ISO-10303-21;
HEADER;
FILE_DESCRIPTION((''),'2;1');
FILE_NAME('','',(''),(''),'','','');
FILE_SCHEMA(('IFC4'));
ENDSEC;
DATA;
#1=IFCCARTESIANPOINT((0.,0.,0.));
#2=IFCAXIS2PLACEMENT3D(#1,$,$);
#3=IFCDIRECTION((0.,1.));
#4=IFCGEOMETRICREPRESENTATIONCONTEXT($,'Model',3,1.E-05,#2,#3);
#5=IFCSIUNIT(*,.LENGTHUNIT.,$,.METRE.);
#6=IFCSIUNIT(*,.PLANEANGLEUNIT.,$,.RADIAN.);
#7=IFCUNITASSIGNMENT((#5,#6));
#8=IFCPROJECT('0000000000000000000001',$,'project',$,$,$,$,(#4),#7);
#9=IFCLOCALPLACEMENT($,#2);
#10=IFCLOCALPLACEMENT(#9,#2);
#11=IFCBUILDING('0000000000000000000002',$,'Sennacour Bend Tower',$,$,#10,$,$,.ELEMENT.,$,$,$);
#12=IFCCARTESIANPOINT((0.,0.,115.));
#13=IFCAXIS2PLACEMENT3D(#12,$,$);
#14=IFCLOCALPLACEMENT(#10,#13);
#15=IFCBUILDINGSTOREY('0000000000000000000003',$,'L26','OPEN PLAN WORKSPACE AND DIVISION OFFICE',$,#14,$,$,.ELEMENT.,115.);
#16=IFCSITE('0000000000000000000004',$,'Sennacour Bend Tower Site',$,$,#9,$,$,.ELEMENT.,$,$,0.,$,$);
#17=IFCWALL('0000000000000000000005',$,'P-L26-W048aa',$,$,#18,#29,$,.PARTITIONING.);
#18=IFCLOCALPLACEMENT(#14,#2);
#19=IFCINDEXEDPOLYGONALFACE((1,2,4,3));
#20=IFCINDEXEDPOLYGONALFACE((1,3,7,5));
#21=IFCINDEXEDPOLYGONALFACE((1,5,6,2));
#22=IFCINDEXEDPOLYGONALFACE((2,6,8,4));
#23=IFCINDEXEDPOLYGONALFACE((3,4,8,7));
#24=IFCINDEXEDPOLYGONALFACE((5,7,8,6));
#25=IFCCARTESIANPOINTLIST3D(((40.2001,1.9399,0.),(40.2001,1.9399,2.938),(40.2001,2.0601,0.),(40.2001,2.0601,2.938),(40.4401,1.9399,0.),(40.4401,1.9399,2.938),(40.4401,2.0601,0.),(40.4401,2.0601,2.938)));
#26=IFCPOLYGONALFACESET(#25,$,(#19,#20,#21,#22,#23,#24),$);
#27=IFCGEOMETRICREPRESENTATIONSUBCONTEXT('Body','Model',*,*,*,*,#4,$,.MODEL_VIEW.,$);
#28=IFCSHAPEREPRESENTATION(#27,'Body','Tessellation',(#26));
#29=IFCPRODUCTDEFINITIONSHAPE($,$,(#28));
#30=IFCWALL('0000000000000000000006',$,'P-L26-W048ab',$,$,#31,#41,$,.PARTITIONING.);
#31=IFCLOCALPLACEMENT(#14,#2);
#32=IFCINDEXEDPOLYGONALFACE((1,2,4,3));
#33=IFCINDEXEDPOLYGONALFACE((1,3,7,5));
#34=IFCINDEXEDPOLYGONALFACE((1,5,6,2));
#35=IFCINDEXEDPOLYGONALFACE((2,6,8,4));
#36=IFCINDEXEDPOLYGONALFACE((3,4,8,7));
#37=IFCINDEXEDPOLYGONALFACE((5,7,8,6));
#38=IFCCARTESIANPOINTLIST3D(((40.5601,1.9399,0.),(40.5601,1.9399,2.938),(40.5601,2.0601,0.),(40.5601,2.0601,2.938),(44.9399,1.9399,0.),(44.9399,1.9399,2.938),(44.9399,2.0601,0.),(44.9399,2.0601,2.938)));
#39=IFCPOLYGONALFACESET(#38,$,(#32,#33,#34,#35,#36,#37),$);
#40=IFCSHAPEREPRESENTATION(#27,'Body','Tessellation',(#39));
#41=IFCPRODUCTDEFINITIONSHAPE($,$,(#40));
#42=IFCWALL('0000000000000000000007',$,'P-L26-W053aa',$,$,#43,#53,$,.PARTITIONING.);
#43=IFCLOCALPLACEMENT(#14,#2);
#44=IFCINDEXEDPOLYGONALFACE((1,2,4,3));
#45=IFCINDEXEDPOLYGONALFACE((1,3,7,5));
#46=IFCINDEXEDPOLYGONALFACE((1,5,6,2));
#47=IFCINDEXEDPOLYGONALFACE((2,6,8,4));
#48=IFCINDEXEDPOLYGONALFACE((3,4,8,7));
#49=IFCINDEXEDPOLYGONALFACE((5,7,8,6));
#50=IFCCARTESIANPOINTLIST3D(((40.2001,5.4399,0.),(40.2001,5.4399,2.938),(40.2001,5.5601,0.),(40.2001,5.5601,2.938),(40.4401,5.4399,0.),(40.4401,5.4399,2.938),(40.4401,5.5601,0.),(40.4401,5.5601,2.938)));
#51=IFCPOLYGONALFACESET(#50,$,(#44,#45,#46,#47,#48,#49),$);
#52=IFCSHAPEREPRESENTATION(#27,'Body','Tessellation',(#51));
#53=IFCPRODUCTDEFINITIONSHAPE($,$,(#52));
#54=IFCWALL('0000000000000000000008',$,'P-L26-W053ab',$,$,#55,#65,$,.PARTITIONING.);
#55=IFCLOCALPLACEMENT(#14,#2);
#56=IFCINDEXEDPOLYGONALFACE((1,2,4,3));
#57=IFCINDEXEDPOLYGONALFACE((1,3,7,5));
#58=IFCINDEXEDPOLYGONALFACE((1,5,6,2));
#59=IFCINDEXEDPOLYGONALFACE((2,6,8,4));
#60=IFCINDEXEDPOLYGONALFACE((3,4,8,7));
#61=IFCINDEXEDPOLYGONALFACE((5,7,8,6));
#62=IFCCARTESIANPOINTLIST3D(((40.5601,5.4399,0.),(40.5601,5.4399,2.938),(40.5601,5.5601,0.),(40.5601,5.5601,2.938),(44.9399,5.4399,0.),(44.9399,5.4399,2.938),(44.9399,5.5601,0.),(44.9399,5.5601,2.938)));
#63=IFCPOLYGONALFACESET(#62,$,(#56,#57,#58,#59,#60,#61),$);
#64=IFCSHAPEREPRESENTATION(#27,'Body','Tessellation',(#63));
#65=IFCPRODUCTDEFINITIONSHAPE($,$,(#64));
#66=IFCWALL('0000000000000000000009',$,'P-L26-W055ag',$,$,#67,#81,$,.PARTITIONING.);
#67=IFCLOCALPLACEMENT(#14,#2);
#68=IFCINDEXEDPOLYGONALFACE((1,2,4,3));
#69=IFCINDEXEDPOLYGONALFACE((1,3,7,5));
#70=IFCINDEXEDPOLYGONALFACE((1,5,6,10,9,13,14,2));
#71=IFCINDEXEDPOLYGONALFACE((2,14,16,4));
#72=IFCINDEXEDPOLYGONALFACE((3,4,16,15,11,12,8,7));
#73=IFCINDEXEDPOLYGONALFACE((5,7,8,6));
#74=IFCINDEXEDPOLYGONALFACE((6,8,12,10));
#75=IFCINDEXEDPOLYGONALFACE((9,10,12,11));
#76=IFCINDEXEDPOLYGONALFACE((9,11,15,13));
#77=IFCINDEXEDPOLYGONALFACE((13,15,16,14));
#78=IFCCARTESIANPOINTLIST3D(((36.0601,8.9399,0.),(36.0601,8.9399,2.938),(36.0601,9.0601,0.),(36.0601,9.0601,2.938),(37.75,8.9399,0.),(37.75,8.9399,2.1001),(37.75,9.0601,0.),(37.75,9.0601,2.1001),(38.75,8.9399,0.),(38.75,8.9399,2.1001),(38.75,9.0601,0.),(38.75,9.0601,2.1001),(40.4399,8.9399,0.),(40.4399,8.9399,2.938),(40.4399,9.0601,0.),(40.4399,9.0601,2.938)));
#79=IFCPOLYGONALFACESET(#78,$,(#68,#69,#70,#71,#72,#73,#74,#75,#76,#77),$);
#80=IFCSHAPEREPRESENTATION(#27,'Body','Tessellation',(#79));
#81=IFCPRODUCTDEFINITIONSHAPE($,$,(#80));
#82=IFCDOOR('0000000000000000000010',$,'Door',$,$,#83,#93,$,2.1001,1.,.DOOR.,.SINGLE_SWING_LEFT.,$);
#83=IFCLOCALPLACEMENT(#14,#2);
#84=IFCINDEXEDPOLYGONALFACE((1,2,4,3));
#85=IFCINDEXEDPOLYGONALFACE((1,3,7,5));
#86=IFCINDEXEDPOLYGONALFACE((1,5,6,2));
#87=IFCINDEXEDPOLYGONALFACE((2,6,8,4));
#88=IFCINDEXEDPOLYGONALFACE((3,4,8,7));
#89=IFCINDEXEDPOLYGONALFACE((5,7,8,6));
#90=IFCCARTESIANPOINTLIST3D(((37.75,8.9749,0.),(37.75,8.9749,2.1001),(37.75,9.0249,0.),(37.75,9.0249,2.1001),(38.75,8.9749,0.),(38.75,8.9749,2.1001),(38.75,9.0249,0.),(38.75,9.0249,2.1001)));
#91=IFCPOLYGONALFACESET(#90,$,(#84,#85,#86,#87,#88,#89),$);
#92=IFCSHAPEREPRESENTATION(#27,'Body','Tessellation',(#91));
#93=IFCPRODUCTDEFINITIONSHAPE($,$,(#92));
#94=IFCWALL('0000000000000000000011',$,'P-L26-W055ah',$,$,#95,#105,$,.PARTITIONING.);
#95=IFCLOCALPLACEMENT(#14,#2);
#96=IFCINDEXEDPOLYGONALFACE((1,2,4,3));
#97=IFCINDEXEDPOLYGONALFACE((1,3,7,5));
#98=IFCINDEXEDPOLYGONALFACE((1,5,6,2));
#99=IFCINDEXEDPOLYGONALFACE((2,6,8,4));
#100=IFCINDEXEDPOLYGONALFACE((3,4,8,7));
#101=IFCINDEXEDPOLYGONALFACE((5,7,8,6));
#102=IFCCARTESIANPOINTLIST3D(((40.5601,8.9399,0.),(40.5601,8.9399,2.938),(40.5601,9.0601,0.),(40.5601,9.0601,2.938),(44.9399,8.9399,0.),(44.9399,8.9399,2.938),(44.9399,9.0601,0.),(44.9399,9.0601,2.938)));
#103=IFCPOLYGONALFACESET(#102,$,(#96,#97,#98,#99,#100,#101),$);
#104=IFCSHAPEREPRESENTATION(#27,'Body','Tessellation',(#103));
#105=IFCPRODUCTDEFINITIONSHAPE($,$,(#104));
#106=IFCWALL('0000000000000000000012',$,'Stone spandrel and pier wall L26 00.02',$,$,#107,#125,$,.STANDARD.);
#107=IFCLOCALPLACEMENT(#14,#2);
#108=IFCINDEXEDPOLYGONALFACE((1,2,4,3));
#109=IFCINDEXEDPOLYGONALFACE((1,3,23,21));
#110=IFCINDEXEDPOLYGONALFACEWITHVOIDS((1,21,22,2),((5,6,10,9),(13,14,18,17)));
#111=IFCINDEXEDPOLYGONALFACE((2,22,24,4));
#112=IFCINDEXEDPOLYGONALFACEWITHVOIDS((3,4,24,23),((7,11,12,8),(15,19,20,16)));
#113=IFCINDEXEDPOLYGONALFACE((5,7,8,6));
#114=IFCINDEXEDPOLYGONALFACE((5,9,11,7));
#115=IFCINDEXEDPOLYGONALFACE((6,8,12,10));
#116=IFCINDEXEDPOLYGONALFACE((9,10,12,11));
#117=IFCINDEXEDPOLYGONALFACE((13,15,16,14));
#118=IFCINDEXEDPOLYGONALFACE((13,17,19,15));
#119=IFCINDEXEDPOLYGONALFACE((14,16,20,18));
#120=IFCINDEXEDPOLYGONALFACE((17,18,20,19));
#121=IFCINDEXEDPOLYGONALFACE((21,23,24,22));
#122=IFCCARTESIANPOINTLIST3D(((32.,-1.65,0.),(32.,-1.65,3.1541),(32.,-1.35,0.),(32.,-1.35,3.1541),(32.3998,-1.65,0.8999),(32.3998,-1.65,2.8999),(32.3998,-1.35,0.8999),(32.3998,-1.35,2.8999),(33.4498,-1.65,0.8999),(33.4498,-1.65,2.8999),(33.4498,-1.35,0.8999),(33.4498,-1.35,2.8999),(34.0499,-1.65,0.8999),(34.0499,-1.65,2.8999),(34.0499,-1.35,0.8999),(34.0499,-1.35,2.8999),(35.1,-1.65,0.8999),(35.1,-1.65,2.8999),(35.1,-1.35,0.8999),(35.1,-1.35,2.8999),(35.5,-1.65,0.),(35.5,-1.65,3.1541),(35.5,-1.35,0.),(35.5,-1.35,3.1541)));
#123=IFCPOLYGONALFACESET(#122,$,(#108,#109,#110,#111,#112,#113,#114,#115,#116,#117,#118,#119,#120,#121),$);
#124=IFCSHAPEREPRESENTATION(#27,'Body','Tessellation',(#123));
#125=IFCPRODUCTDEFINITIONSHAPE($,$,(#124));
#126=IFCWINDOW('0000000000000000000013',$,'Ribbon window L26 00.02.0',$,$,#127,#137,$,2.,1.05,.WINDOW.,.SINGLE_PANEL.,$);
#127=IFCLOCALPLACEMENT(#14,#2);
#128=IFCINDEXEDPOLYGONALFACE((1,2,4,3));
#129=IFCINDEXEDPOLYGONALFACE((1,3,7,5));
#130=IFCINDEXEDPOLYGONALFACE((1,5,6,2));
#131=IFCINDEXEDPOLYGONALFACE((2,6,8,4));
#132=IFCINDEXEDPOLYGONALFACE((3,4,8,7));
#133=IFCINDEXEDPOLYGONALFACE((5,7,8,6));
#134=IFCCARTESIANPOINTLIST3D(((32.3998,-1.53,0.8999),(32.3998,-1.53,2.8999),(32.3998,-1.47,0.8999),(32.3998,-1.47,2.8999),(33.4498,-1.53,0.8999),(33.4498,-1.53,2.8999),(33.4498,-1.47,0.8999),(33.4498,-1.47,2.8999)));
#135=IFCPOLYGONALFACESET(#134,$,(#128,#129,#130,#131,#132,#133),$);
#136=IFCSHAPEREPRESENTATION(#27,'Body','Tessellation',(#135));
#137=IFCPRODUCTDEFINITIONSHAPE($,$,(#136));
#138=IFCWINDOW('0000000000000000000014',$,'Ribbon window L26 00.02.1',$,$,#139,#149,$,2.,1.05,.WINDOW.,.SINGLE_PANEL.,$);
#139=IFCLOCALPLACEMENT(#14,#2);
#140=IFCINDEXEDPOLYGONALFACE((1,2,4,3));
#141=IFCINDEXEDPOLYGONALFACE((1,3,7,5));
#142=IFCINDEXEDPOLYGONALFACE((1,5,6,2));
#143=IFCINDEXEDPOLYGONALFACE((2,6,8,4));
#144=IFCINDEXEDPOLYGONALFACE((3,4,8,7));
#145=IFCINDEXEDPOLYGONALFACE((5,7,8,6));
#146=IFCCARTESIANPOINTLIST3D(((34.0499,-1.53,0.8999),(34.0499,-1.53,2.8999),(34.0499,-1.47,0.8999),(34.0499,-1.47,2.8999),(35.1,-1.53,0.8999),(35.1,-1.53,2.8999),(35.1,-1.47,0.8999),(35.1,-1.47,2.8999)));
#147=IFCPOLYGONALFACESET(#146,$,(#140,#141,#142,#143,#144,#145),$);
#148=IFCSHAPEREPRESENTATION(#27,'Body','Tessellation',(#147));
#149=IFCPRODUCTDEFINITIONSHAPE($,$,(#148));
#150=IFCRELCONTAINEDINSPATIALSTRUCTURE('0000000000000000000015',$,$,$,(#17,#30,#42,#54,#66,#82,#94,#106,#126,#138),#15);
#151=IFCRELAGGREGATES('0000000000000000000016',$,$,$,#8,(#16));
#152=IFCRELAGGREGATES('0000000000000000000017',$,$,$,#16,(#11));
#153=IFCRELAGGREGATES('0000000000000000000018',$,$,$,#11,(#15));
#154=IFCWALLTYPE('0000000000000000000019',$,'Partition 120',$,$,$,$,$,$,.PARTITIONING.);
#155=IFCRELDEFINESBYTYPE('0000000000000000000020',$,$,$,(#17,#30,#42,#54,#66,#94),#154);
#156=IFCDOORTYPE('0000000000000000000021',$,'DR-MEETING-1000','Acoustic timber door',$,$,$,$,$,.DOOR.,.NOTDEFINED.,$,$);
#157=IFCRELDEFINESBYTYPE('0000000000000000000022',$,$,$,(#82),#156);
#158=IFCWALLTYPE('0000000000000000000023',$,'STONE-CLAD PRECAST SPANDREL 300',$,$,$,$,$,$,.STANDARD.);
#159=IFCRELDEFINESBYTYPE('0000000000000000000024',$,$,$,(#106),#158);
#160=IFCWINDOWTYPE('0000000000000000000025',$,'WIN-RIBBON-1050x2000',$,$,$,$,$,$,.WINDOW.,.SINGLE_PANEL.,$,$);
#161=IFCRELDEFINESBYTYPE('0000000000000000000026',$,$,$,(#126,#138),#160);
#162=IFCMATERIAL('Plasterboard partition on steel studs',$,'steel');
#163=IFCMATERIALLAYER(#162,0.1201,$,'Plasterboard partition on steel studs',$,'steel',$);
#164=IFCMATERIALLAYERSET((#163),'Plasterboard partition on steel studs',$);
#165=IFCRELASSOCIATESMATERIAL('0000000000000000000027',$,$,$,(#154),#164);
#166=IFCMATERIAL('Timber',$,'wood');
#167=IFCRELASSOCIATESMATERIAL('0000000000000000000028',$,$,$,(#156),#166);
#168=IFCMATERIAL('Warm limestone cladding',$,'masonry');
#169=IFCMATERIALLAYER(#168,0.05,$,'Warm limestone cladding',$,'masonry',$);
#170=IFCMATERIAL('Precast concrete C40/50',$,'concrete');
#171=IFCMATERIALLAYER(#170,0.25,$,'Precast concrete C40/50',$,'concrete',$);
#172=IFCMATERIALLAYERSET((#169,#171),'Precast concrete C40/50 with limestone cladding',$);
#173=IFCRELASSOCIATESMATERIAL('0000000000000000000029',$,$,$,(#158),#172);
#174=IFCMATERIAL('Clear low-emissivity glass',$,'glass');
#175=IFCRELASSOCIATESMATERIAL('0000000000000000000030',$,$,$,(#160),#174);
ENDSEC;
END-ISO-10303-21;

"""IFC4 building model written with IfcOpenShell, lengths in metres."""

from ifc_helpers import new_model, si_unit, direction, frame, frame_2d, origin, place, context, subcontext, project, spatial, rectangle, extrude, material, layer, layer_set, type_object, element, fill, save


model = new_model("IFC4")

# Units and contexts
model_context = context("Model", 3, precision=1e-05, world=origin(), true_north=direction((0.0, 1.0)))
body_context = subcontext(model_context, "Body", "Model", "MODEL_VIEW")
ifc_project = project(units=[si_unit("LENGTHUNIT", "METRE"), si_unit("PLANEANGLEUNIT", "RADIAN")], contexts=[model_context])

# Site, building, storey
site_placement = place(None, origin())
site = spatial("IfcSite", under=ifc_project, at=site_placement, Name="Sennacour Bend Tower Site", CompositionType="ELEMENT", RefElevation=0.0)
building_placement = place(site_placement, origin())
building = spatial("IfcBuilding", under=site, at=building_placement, Name="Sennacour Bend Tower", CompositionType="ELEMENT")
storey_placement = place(building_placement, frame((0.0, 0.0, 115.0)))
storey = spatial("IfcBuildingStorey", under=building, at=storey_placement, Name="L26", Description="OPEN PLAN WORKSPACE AND DIVISION OFFICE", CompositionType="ELEMENT", Elevation=115.0)

# Walls
ifc_material_1 = material(Name="Plasterboard partition on steel studs", Category="steel")
ifc_layer_1 = layer(ifc_material_1, 0.1201, Name="Plasterboard partition on steel studs", Category="steel")
ifc_layer_set_1 = layer_set([ifc_layer_1], Name="Plasterboard partition on steel studs")
wall_type_1 = type_object("IfcWallType", Name="Partition 120", PredefinedType="PARTITIONING", material=ifc_layer_set_1)
wall_1_placement = place(storey_placement, frame((40.2, 2.0, 0.0), z_axis=(0.0, 0.0, 1.0), x_axis=(1.0, 0.0, 0.0)))
element("IfcWall", 1, at=wall_1_placement, inside=storey, type_object=wall_type_1, Name="P-L26-W048aa", PredefinedType="PARTITIONING", context=body_context, shape_type="SweptSolid", body=[
    extrude(rectangle(XDim=0.24, YDim=0.1201, at=frame_2d((0.1201, 0.0))), origin(), (0.0, 0.0, 1.0), 2.938),
])
wall_2_placement = place(storey_placement, frame((40.5601, 2.0, 0.0), z_axis=(0.0, 0.0, 1.0), x_axis=(1.0, 0.0, 0.0)))
element("IfcWall", 2, at=wall_2_placement, inside=storey, type_object=wall_type_1, Name="P-L26-W048ab", PredefinedType="PARTITIONING", context=body_context, shape_type="SweptSolid", body=[
    extrude(rectangle(XDim=4.3799, YDim=0.1201, at=frame_2d((2.1899, 0.0))), origin(), (0.0, 0.0, 1.0), 2.938),
])
wall_3_placement = place(storey_placement, frame((40.2, 5.5, 0.0), z_axis=(0.0, 0.0, 1.0), x_axis=(1.0, 0.0, 0.0)))
element("IfcWall", 3, at=wall_3_placement, inside=storey, type_object=wall_type_1, Name="P-L26-W053aa", PredefinedType="PARTITIONING", context=body_context, shape_type="SweptSolid", body=[
    extrude(rectangle(XDim=0.24, YDim=0.1201, at=frame_2d((0.1201, 0.0))), origin(), (0.0, 0.0, 1.0), 2.938),
])
wall_4_placement = place(storey_placement, frame((40.5601, 5.5, 0.0), z_axis=(0.0, 0.0, 1.0), x_axis=(1.0, 0.0, 0.0)))
element("IfcWall", 4, at=wall_4_placement, inside=storey, type_object=wall_type_1, Name="P-L26-W053ab", PredefinedType="PARTITIONING", context=body_context, shape_type="SweptSolid", body=[
    extrude(rectangle(XDim=4.3799, YDim=0.1201, at=frame_2d((2.1899, 0.0))), origin(), (0.0, 0.0, 1.0), 2.938),
])

# Wall, opening, door
wall_5_placement = place(storey_placement, frame((36.0601, 9.0, 0.0), z_axis=(0.0, 0.0, 1.0), x_axis=(1.0, 0.0, 0.0)))
wall_5 = element("IfcWall", 5, at=wall_5_placement, inside=storey, type_object=wall_type_1, Name="P-L26-W055ag", PredefinedType="PARTITIONING", context=body_context, shape_type="SweptSolid", body=[
    extrude(rectangle(XDim=4.3799, YDim=0.1201, at=frame_2d((2.1899, 0.0))), origin(), (0.0, 0.0, 1.0), 2.938),
])
opening_1_placement = place(wall_5_placement, frame((1.6899, 0.0, 0.0)))
opening_1 = element("IfcOpeningElement", 6, at=opening_1_placement, cuts=wall_5, PredefinedType="OPENING", context=body_context, shape_type="SweptSolid", body=[
    extrude(rectangle(XDim=1.0, YDim=2.1001, at=frame_2d((0.5, 1.05))), frame((0.0, 0.0701, 0.0), z_axis=(0.0, -1.0, 0.0), x_axis=(1.0, 0.0, 0.0)), (0.0, 0.0, 1.0), 0.1401),
])
ifc_material_2 = material(Name="Timber", Category="wood")
door_type = type_object("IfcDoorType", Name="DR-MEETING-1000", Description="Acoustic timber door", OperationType="NOTDEFINED", PredefinedType="DOOR", material=ifc_material_2)
door_placement = place(opening_1_placement, origin())
door = element("IfcDoor", 7, at=door_placement, inside=storey, type_object=door_type, Name="Door", OperationType="SINGLE_SWING_LEFT", OverallHeight=2.1001, OverallWidth=1.0, PredefinedType="DOOR", context=body_context, shape_type="SweptSolid", body=[
    extrude(rectangle(XDim=1.0, YDim=2.1001, at=frame_2d((0.5, 1.05))), frame((0.0, 0.0249, 0.0), z_axis=(0.0, -1.0, 0.0), x_axis=(1.0, 0.0, 0.0)), (0.0, 0.0, 1.0), 0.05),
])
fill(opening_1, door)

# Wall
wall_6_placement = place(storey_placement, frame((40.5601, 9.0, 0.0), z_axis=(0.0, 0.0, 1.0), x_axis=(1.0, 0.0, 0.0)))
element("IfcWall", 8, at=wall_6_placement, inside=storey, type_object=wall_type_1, Name="P-L26-W055ah", PredefinedType="PARTITIONING", context=body_context, shape_type="SweptSolid", body=[
    extrude(rectangle(XDim=4.3799, YDim=0.1201, at=frame_2d((2.1899, 0.0))), origin(), (0.0, 0.0, 1.0), 2.938),
])

# Wall, openings, windows
ifc_material_3 = material(Name="Warm limestone cladding", Category="masonry")
ifc_layer_2 = layer(ifc_material_3, 0.05, Name="Warm limestone cladding", Category="masonry")
ifc_material_4 = material(Name="Precast concrete C40/50", Category="concrete")
ifc_layer_3 = layer(ifc_material_4, 0.25, Name="Precast concrete C40/50", Category="concrete")
ifc_layer_set_2 = layer_set([ifc_layer_2, ifc_layer_3], Name="Precast concrete C40/50 with limestone cladding")
wall_type_2 = type_object("IfcWallType", Name="STONE-CLAD PRECAST SPANDREL 300", PredefinedType="STANDARD", material=ifc_layer_set_2)
wall_7_placement = place(storey_placement, frame((32.0, -1.5, 0.0), z_axis=(0.0, 0.0, 1.0), x_axis=(1.0, 0.0, 0.0)))
wall_7 = element("IfcWall", 9, at=wall_7_placement, inside=storey, type_object=wall_type_2, Name="Stone spandrel and pier wall L26 00.02", PredefinedType="STANDARD", context=body_context, shape_type="SweptSolid", body=[
    extrude(rectangle(XDim=3.5, YDim=0.3, at=frame_2d((1.75, 0.0))), origin(), (0.0, 0.0, 1.0), 3.1541),
])
opening_2_placement = place(wall_7_placement, frame((0.3999, 0.0, 0.8999)))
opening_2 = element("IfcOpeningElement", 10, at=opening_2_placement, cuts=wall_7, PredefinedType="OPENING", context=body_context, shape_type="SweptSolid", body=[
    extrude(rectangle(XDim=1.05, YDim=2.0, at=frame_2d((0.5249, 1.0))), frame((0.0, 0.1602, 0.0), z_axis=(0.0, -1.0, 0.0), x_axis=(1.0, 0.0, 0.0)), (0.0, 0.0, 1.0), 0.3201),
])
opening_3_placement = place(wall_7_placement, frame((2.05, 0.0, 0.8999)))
opening_3 = element("IfcOpeningElement", 11, at=opening_3_placement, cuts=wall_7, PredefinedType="OPENING", context=body_context, shape_type="SweptSolid", body=[
    extrude(rectangle(XDim=1.05, YDim=2.0, at=frame_2d((0.5249, 1.0))), frame((0.0, 0.1602, 0.0), z_axis=(0.0, -1.0, 0.0), x_axis=(1.0, 0.0, 0.0)), (0.0, 0.0, 1.0), 0.3201),
])
ifc_material_5 = material(Name="Clear low-emissivity glass", Category="glass")
window_type = type_object("IfcWindowType", Name="WIN-RIBBON-1050x2000", PartitioningType="SINGLE_PANEL", PredefinedType="WINDOW", material=ifc_material_5)
window_1_placement = place(opening_2_placement, origin())
window_1 = element("IfcWindow", 12, at=window_1_placement, inside=storey, type_object=window_type, Name="Ribbon window L26 00.02.0", OverallHeight=2.0, OverallWidth=1.05, PartitioningType="SINGLE_PANEL", PredefinedType="WINDOW", context=body_context, shape_type="SweptSolid", body=[
    extrude(rectangle(XDim=1.05, YDim=2.0, at=frame_2d((0.5249, 1.0))), frame((0.0, 0.03, 0.0), z_axis=(0.0, -1.0, 0.0), x_axis=(1.0, 0.0, 0.0)), (0.0, 0.0, 1.0), 0.0601),
])
fill(opening_2, window_1)
window_2_placement = place(opening_3_placement, origin())
window_2 = element("IfcWindow", 13, at=window_2_placement, inside=storey, type_object=window_type, Name="Ribbon window L26 00.02.1", OverallHeight=2.0, OverallWidth=1.05, PartitioningType="SINGLE_PANEL", PredefinedType="WINDOW", context=body_context, shape_type="SweptSolid", body=[
    extrude(rectangle(XDim=1.05, YDim=2.0, at=frame_2d((0.5249, 1.0))), frame((0.0, 0.03, 0.0), z_axis=(0.0, -1.0, 0.0), x_axis=(1.0, 0.0, 0.0)), (0.0, 0.0, 1.0), 0.0601),
])
fill(opening_3, window_2)

save(model, "model.ifc")
